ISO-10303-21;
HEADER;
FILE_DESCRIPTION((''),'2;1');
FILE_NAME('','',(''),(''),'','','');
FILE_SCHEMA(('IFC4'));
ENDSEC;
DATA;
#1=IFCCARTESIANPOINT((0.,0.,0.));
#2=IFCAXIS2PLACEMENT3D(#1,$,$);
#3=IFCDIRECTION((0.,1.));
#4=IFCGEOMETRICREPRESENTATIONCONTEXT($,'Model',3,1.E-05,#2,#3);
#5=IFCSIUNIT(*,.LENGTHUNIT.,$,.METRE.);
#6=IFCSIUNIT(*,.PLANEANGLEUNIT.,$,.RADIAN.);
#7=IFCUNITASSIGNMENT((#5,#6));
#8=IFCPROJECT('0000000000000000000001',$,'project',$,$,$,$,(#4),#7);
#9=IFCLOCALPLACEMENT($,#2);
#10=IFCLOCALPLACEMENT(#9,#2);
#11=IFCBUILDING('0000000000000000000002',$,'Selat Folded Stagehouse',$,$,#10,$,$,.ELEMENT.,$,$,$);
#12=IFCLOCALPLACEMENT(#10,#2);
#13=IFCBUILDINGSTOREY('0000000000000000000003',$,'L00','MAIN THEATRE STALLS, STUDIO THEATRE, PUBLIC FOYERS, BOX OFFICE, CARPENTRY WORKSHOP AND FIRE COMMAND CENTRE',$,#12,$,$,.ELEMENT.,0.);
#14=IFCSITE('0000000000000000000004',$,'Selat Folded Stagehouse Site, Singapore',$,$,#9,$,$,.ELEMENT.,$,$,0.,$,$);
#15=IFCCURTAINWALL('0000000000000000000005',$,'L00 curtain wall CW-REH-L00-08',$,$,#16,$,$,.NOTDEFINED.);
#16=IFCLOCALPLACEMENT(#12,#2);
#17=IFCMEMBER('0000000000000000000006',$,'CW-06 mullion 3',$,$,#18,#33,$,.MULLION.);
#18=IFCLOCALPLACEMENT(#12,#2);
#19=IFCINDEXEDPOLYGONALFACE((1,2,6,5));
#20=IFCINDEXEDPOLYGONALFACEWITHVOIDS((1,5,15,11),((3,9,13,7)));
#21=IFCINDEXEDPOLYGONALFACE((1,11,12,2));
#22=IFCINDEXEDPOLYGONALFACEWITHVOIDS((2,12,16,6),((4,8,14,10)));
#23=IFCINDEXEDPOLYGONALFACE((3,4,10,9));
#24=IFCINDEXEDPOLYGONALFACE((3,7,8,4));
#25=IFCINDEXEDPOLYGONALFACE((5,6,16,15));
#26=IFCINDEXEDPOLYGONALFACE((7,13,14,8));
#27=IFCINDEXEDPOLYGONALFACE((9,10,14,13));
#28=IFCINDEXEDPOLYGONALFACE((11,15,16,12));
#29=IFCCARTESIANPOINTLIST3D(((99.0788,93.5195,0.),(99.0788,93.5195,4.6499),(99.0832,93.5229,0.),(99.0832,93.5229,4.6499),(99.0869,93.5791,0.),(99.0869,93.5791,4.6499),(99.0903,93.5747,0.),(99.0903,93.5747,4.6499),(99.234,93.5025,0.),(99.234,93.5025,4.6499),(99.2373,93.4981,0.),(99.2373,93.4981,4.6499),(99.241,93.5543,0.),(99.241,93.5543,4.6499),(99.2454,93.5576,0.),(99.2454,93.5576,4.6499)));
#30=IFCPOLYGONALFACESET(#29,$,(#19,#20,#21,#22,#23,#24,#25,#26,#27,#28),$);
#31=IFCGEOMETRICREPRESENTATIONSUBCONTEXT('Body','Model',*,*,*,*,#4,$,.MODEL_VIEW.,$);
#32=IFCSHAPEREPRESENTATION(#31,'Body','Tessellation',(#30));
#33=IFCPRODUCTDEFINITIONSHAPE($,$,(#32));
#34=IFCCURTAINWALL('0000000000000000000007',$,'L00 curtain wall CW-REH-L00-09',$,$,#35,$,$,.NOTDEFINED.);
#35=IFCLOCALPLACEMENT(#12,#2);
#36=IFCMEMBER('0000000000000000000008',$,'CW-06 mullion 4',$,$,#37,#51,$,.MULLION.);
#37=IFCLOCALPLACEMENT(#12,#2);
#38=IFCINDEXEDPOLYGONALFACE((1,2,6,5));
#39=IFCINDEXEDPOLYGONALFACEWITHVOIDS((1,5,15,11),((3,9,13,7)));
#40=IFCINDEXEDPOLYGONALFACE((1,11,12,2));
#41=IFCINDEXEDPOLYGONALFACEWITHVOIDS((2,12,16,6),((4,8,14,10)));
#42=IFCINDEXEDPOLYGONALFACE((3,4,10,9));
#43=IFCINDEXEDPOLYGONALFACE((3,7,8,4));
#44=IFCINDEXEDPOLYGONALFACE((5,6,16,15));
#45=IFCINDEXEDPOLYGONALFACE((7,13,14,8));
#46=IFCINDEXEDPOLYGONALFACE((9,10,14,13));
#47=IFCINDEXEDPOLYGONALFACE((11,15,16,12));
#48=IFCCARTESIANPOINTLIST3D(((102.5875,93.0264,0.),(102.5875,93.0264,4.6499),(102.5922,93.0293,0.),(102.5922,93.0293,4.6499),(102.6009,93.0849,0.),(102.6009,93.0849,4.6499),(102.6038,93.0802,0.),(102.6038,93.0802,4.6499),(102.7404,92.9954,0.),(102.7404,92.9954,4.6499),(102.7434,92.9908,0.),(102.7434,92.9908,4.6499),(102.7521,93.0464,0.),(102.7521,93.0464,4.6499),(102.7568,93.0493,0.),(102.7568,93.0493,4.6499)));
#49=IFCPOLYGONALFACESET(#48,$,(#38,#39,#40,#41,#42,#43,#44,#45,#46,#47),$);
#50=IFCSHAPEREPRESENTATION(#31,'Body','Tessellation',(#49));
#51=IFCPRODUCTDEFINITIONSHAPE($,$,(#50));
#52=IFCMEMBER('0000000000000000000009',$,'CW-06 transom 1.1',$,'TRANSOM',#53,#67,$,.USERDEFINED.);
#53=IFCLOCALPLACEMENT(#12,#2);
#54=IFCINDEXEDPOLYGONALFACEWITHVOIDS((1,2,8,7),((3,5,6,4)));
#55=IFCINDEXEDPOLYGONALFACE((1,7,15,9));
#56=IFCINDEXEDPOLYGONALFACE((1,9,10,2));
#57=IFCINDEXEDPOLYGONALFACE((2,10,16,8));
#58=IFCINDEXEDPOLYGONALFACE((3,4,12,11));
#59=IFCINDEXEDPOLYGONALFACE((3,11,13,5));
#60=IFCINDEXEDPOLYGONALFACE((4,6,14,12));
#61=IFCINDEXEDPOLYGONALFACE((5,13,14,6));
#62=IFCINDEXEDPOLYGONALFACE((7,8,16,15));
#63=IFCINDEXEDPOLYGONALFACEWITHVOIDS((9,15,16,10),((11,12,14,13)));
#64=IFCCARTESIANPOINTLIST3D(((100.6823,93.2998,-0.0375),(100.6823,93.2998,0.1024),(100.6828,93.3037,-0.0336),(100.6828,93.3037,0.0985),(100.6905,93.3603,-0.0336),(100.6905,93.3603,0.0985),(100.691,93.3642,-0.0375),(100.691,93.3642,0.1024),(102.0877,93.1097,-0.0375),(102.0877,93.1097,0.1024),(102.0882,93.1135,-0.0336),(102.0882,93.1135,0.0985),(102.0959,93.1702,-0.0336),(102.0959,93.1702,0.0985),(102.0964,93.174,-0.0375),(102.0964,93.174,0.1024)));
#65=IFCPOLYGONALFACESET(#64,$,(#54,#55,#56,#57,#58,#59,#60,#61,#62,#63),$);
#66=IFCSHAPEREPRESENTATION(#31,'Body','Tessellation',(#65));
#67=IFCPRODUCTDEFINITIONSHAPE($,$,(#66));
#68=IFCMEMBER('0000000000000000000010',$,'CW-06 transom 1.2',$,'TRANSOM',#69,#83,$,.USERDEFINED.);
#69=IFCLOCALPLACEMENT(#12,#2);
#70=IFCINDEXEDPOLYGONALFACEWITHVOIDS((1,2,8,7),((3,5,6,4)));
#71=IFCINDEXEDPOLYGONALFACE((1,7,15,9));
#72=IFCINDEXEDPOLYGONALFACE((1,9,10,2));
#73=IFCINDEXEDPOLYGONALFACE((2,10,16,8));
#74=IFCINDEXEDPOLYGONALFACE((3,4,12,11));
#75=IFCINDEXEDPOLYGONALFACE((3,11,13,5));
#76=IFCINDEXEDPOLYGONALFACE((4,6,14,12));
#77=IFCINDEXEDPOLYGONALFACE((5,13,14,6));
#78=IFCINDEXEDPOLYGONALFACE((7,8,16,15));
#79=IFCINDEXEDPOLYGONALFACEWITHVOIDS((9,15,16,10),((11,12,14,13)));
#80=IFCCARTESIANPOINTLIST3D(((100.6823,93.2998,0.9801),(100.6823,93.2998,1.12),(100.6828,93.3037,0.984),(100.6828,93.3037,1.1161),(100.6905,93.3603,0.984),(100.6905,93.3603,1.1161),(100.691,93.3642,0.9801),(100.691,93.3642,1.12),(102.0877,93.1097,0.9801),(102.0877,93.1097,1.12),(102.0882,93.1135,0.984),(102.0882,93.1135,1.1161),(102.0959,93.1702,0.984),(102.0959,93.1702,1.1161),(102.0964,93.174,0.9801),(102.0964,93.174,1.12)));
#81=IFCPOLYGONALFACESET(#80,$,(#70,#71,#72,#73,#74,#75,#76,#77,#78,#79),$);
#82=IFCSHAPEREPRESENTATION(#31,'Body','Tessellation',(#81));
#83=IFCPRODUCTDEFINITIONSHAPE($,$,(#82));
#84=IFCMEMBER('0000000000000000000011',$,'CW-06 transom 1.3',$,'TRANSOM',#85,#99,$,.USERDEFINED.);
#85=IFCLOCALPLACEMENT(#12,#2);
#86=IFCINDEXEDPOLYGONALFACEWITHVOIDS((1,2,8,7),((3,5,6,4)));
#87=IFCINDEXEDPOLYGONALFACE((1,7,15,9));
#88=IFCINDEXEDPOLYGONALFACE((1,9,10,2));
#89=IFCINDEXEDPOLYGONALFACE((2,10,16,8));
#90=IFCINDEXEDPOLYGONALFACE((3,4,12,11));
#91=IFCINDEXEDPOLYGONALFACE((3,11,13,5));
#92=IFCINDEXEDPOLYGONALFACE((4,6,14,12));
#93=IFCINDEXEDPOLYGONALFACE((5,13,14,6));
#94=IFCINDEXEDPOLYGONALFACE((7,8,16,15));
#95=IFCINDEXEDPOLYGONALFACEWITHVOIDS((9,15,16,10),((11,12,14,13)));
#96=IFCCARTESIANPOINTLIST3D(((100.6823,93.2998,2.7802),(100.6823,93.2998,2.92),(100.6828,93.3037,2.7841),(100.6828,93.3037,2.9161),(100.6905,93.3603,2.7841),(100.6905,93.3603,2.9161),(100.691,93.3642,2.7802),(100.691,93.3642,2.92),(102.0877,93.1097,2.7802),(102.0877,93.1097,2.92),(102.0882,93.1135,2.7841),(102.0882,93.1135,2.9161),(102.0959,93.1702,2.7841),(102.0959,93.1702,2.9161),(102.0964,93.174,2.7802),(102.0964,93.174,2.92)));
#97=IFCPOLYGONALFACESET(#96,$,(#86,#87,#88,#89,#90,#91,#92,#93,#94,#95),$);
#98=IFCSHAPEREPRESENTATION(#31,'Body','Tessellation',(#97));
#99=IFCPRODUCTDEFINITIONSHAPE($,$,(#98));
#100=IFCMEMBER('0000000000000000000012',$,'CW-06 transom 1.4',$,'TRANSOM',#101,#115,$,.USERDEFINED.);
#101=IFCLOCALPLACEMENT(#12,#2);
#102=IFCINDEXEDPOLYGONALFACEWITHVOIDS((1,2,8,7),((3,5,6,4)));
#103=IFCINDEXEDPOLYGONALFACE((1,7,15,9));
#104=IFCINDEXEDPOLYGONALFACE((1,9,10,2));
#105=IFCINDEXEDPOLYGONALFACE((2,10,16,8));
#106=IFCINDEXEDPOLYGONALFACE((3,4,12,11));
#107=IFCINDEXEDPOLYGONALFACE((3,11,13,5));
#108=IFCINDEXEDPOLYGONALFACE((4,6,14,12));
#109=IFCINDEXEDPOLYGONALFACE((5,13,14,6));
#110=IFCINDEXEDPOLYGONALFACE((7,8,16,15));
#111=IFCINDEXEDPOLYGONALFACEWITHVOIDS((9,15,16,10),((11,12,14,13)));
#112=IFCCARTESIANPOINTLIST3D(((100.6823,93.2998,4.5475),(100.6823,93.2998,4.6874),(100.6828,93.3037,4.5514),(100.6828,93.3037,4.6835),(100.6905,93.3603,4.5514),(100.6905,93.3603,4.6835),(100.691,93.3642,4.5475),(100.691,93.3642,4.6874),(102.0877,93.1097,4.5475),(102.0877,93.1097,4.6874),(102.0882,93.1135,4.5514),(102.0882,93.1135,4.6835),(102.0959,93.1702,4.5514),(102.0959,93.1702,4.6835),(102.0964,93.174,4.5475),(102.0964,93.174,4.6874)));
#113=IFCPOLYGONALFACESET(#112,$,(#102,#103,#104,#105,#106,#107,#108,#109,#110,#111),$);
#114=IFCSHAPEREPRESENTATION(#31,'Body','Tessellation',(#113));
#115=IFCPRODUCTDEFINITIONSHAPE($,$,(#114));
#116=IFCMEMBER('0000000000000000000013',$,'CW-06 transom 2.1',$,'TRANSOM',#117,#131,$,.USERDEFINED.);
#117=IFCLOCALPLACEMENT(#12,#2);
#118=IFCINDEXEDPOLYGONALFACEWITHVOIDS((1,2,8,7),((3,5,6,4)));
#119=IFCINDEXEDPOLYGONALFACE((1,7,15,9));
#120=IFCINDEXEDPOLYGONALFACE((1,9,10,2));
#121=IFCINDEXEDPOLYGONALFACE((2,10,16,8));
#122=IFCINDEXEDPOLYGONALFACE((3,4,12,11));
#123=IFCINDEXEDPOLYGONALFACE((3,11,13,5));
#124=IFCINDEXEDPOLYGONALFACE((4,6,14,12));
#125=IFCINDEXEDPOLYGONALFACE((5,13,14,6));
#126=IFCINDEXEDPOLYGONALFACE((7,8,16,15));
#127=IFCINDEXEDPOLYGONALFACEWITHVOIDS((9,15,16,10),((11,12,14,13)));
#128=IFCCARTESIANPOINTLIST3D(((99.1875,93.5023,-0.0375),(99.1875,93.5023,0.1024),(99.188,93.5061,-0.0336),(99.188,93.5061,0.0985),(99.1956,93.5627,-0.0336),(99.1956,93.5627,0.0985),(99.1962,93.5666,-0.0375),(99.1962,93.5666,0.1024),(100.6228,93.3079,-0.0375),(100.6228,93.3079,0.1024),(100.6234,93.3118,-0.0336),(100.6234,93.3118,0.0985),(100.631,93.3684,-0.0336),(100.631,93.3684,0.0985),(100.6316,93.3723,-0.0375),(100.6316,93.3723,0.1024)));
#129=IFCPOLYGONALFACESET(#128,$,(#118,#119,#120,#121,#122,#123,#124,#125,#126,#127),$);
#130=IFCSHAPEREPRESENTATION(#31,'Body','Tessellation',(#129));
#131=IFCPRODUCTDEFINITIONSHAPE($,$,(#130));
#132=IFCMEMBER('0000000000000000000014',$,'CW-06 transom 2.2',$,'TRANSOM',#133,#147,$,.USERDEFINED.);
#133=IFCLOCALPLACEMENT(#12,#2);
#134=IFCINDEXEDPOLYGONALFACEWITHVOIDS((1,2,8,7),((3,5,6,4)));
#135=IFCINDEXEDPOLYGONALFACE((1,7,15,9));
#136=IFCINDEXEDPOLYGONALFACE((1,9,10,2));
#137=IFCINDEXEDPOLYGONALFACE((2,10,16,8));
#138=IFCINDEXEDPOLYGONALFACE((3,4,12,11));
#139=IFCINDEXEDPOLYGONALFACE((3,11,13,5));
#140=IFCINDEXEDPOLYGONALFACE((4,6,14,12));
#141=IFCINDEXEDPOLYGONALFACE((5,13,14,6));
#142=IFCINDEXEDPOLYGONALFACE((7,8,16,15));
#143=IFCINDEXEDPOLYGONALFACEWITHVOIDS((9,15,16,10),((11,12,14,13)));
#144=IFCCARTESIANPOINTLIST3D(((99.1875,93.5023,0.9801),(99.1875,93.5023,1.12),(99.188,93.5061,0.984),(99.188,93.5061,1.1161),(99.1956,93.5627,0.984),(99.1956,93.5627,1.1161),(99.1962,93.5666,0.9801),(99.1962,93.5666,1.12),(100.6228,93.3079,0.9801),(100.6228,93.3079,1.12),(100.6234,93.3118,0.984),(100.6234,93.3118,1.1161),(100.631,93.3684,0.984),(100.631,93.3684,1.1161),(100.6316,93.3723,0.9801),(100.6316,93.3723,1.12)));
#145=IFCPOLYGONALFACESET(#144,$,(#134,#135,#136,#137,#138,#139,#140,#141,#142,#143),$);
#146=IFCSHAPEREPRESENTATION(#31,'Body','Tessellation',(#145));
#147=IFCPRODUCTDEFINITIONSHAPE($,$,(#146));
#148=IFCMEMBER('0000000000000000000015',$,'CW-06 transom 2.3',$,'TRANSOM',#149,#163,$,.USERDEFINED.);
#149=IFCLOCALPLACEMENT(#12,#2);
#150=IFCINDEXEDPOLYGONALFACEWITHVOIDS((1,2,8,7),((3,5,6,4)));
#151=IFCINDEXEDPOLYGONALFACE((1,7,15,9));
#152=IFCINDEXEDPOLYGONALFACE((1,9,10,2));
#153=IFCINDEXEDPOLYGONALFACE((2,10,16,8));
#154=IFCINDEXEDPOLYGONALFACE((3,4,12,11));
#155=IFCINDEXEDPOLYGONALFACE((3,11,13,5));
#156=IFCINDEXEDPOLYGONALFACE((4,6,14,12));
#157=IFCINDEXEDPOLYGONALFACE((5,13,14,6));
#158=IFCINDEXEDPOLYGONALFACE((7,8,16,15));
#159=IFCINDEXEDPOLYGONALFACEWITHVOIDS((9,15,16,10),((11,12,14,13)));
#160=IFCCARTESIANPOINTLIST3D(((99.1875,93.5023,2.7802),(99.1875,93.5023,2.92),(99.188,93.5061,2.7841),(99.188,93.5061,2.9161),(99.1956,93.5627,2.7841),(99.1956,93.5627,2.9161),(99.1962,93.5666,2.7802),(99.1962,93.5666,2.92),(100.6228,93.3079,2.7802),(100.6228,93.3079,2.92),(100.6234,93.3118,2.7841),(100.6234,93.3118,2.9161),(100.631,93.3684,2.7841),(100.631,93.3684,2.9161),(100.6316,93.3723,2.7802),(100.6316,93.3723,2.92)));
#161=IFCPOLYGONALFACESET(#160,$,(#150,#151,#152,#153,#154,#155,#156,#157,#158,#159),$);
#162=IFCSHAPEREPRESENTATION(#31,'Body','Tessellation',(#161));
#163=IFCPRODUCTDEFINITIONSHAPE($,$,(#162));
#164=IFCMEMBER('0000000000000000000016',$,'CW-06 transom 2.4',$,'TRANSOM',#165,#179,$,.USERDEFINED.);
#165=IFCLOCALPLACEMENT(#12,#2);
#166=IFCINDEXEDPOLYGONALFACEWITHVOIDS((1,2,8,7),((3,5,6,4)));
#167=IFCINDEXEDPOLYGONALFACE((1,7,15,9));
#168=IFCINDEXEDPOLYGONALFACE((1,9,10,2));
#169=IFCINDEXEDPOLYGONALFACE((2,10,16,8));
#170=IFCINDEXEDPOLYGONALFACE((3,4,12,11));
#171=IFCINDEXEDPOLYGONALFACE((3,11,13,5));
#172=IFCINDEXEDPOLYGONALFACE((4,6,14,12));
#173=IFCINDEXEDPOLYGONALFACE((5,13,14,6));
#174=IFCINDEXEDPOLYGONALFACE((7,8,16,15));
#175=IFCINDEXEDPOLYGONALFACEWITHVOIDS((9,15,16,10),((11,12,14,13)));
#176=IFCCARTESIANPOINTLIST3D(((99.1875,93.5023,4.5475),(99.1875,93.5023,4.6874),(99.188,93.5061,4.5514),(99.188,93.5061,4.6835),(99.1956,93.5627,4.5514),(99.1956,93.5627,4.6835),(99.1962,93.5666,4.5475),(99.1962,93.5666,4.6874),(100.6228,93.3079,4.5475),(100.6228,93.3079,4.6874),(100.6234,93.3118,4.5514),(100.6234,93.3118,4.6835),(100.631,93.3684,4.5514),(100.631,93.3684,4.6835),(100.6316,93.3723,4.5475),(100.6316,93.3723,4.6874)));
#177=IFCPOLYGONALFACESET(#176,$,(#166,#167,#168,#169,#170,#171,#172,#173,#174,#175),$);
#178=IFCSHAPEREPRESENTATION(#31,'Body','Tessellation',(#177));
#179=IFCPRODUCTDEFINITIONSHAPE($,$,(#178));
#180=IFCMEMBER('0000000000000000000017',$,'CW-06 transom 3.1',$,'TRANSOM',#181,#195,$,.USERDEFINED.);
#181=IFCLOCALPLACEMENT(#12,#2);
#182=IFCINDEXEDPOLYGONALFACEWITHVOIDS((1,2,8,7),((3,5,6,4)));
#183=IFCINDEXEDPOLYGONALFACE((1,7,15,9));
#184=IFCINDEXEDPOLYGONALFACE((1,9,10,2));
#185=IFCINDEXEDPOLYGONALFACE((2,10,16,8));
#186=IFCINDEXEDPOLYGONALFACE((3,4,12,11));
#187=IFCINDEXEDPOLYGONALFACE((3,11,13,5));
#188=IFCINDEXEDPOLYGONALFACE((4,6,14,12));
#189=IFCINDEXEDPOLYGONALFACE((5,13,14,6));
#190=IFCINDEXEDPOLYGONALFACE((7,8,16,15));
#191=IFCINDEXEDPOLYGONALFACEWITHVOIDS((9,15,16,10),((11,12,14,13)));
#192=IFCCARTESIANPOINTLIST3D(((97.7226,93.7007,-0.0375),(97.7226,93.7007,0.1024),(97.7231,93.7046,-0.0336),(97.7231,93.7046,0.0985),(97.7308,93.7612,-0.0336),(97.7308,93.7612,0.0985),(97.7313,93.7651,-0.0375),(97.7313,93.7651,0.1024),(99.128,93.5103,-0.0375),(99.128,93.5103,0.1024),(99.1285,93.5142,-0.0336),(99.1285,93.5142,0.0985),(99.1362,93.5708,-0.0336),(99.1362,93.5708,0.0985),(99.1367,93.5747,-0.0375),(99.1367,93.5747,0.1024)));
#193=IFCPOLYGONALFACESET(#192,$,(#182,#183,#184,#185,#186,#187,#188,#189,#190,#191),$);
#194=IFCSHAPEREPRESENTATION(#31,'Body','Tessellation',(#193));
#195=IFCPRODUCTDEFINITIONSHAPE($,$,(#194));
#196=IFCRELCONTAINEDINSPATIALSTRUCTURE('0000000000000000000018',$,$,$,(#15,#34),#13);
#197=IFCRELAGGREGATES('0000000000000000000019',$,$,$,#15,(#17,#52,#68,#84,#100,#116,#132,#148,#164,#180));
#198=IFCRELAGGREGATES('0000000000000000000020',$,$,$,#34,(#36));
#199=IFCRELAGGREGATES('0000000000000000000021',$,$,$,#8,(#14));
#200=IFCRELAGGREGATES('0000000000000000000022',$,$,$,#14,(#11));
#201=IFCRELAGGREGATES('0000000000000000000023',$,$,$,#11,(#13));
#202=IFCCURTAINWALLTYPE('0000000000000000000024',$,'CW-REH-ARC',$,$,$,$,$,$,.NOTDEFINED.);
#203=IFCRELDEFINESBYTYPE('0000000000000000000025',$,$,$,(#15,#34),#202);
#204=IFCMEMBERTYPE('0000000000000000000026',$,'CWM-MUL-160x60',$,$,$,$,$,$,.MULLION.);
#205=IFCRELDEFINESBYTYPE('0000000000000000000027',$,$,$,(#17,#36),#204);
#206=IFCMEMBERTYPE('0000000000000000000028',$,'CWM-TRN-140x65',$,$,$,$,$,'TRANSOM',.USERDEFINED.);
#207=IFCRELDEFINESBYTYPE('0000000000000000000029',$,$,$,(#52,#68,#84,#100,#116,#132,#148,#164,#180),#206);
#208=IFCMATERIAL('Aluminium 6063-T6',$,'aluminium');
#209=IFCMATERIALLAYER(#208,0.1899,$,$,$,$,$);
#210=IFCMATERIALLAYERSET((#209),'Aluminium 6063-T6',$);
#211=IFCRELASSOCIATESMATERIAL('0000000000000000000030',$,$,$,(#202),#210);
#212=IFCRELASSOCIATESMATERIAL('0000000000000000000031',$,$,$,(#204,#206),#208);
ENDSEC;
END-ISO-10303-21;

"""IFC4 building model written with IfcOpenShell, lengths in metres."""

from ifc_helpers import new_model, si_unit, direction, frame, origin, origin_2d, place, context, subcontext, project, spatial, hollow_rectangle, extrude, material, layer, layer_set, material_profile, profile_set, type_object, element, aggregate, save


model = new_model("IFC4")

# Units and contexts
model_context = context("Model", 3, precision=1e-05, world=origin(), true_north=direction((0.0, 1.0)))
body_context = subcontext(model_context, "Body", "Model", "MODEL_VIEW")
ifc_project = project(units=[si_unit("LENGTHUNIT", "METRE"), si_unit("PLANEANGLEUNIT", "RADIAN")], contexts=[model_context])

# Site, building, storey
site_placement = place(None, origin())
site = spatial("IfcSite", under=ifc_project, at=site_placement, Name="Selat Folded Stagehouse Site, Singapore", CompositionType="ELEMENT", RefElevation=0.0)
building_placement = place(site_placement, origin())
building = spatial("IfcBuilding", under=site, at=building_placement, Name="Selat Folded Stagehouse", CompositionType="ELEMENT")
storey_placement = place(building_placement, origin())
storey = spatial("IfcBuildingStorey", under=building, at=storey_placement, Name="L00", Description="MAIN THEATRE STALLS, STUDIO THEATRE, PUBLIC FOYERS, BOX OFFICE, CARPENTRY WORKSHOP AND FIRE COMMAND CENTRE", CompositionType="ELEMENT", Elevation=0.0)

# Curtain wall, member
ifc_material_1 = material(Name="Aluminium 6063-T6", Category="aluminium")
ifc_layer_1 = layer(ifc_material_1, 0.1899)
ifc_layer_set_1 = layer_set([ifc_layer_1], Name="Aluminium 6063-T6")
curtain_wall_type = type_object("IfcCurtainWallType", Name="CW-REH-ARC", PredefinedType="NOTDEFINED", material=ifc_layer_set_1)
curtain_wall_1_placement = place(storey_placement, origin())
curtain_wall_1 = element("IfcCurtainWall", 1, at=curtain_wall_1_placement, inside=storey, type_object=curtain_wall_type, Name="L00 curtain wall CW-REH-L00-08", PredefinedType="NOTDEFINED")
ifc_material_profile_1 = material_profile(ifc_material_1, hollow_rectangle(XDim=0.0601, YDim=0.1599, WallThickness=0.0039, at=origin_2d()), Name="ALU 160x60x4.0")
ifc_profile_set_1 = profile_set([ifc_material_profile_1], Name="Aluminium 6063-T6")
member_type_1 = type_object("IfcMemberType", Name="CWM-MUL-160x60", PredefinedType="MULLION", material=ifc_profile_set_1)
member_1_placement = place(storey_placement, frame((99.1621, 93.5386, 0.0), z_axis=(0.0, 0.0, 1.0), x_axis=(-0.134212, -0.990953, 0.0)))
member_1 = element("IfcMember", 2, at=member_1_placement, type_object=member_type_1, Name="CW-06 mullion 3", PredefinedType="MULLION", context=body_context, shape_type="SweptSolid", body=[
    extrude(hollow_rectangle(XDim=0.0601, YDim=0.1599, WallThickness=0.0039, at=origin_2d()), origin(), (0.0, 0.0, 1.0), 4.6499),
])

# Curtain wall, member
curtain_wall_2_placement = place(storey_placement, origin())
curtain_wall_2 = element("IfcCurtainWall", 3, at=curtain_wall_2_placement, inside=storey, type_object=curtain_wall_type, Name="L00 curtain wall CW-REH-L00-09", PredefinedType="NOTDEFINED")
member_2_placement = place(storey_placement, frame((102.6721, 93.0378, 0.0), z_axis=(0.0, 0.0, 1.0), x_axis=(-0.222543, -0.974923, 0.0)))
member_2 = element("IfcMember", 4, at=member_2_placement, type_object=member_type_1, Name="CW-06 mullion 4", PredefinedType="MULLION", context=body_context, shape_type="SweptSolid", body=[
    extrude(hollow_rectangle(XDim=0.0601, YDim=0.1599, WallThickness=0.0039, at=origin_2d()), origin(), (0.0, 0.0, 1.0), 4.6499),
])

# Members
ifc_material_profile_2 = material_profile(ifc_material_1, hollow_rectangle(XDim=0.0649, YDim=0.1399, WallThickness=0.0039, at=origin_2d()), Name="ALU 140x65x4.0")
ifc_profile_set_2 = profile_set([ifc_material_profile_2], Name="Aluminium 6063-T6")
member_type_2 = type_object("IfcMemberType", Name="CWM-TRN-140x65", ElementType="TRANSOM", PredefinedType="USERDEFINED", material=ifc_profile_set_2)
member_3_placement = place(storey_placement, frame((102.092, 93.1418, 0.0325), z_axis=(-0.990969, 0.134092, 0.0), x_axis=(-0.134092, -0.990969, 0.0)))
member_3 = element("IfcMember", 5, at=member_3_placement, type_object=member_type_2, Name="CW-06 transom 1.1", ObjectType="TRANSOM", PredefinedType="USERDEFINED", context=body_context, shape_type="SweptSolid", body=[
    extrude(hollow_rectangle(XDim=0.0649, YDim=0.1399, WallThickness=0.0039, at=origin_2d()), origin(), (0.0, 0.0, 1.0), 1.4182),
])
member_4_placement = place(storey_placement, frame((102.092, 93.1418, 1.05), z_axis=(-0.990969, 0.134092, 0.0), x_axis=(-0.134092, -0.990969, 0.0)))
member_4 = element("IfcMember", 6, at=member_4_placement, type_object=member_type_2, Name="CW-06 transom 1.2", ObjectType="TRANSOM", PredefinedType="USERDEFINED", context=body_context, shape_type="SweptSolid", body=[
    extrude(hollow_rectangle(XDim=0.0649, YDim=0.1399, WallThickness=0.0039, at=origin_2d()), origin(), (0.0, 0.0, 1.0), 1.4182),
])
member_5_placement = place(storey_placement, frame((102.092, 93.1418, 2.8501), z_axis=(-0.990969, 0.134092, 0.0), x_axis=(-0.134092, -0.990969, 0.0)))
member_5 = element("IfcMember", 7, at=member_5_placement, type_object=member_type_2, Name="CW-06 transom 1.3", ObjectType="TRANSOM", PredefinedType="USERDEFINED", context=body_context, shape_type="SweptSolid", body=[
    extrude(hollow_rectangle(XDim=0.0649, YDim=0.1399, WallThickness=0.0039, at=origin_2d()), origin(), (0.0, 0.0, 1.0), 1.4182),
])
member_6_placement = place(storey_placement, frame((102.092, 93.1418, 4.6174), z_axis=(-0.990969, 0.134092, 0.0), x_axis=(-0.134092, -0.990969, 0.0)))
member_6 = element("IfcMember", 8, at=member_6_placement, type_object=member_type_2, Name="CW-06 transom 1.4", ObjectType="TRANSOM", PredefinedType="USERDEFINED", context=body_context, shape_type="SweptSolid", body=[
    extrude(hollow_rectangle(XDim=0.0649, YDim=0.1399, WallThickness=0.0039, at=origin_2d()), origin(), (0.0, 0.0, 1.0), 1.4182),
])
member_7_placement = place(storey_placement, frame((100.6272, 93.3401, 0.0325), z_axis=(-0.990958, 0.134173, 0.0), x_axis=(-0.134173, -0.990958, 0.0)))
member_7 = element("IfcMember", 9, at=member_7_placement, type_object=member_type_2, Name="CW-06 transom 2.1", ObjectType="TRANSOM", PredefinedType="USERDEFINED", context=body_context, shape_type="SweptSolid", body=[
    extrude(hollow_rectangle(XDim=0.0649, YDim=0.1399, WallThickness=0.0039, at=origin_2d()), origin(), (0.0, 0.0, 1.0), 1.4485),
])
member_8_placement = place(storey_placement, frame((100.6272, 93.3401, 1.05), z_axis=(-0.990958, 0.134173, 0.0), x_axis=(-0.134173, -0.990958, 0.0)))
member_8 = element("IfcMember", 10, at=member_8_placement, type_object=member_type_2, Name="CW-06 transom 2.2", ObjectType="TRANSOM", PredefinedType="USERDEFINED", context=body_context, shape_type="SweptSolid", body=[
    extrude(hollow_rectangle(XDim=0.0649, YDim=0.1399, WallThickness=0.0039, at=origin_2d()), origin(), (0.0, 0.0, 1.0), 1.4485),
])
member_9_placement = place(storey_placement, frame((100.6272, 93.3401, 2.8501), z_axis=(-0.990958, 0.134173, 0.0), x_axis=(-0.134173, -0.990958, 0.0)))
member_9 = element("IfcMember", 11, at=member_9_placement, type_object=member_type_2, Name="CW-06 transom 2.3", ObjectType="TRANSOM", PredefinedType="USERDEFINED", context=body_context, shape_type="SweptSolid", body=[
    extrude(hollow_rectangle(XDim=0.0649, YDim=0.1399, WallThickness=0.0039, at=origin_2d()), origin(), (0.0, 0.0, 1.0), 1.4485),
])
member_10_placement = place(storey_placement, frame((100.6272, 93.3401, 4.6174), z_axis=(-0.990958, 0.134173, 0.0), x_axis=(-0.134173, -0.990958, 0.0)))
member_10 = element("IfcMember", 12, at=member_10_placement, type_object=member_type_2, Name="CW-06 transom 2.4", ObjectType="TRANSOM", PredefinedType="USERDEFINED", context=body_context, shape_type="SweptSolid", body=[
    extrude(hollow_rectangle(XDim=0.0649, YDim=0.1399, WallThickness=0.0039, at=origin_2d()), origin(), (0.0, 0.0, 1.0), 1.4485),
])
member_11_placement = place(storey_placement, frame((99.1323, 93.5425, 0.0325), z_axis=(-0.990943, 0.134283, 0.0), x_axis=(-0.134283, -0.990943, 0.0)))
member_11 = element("IfcMember", 13, at=member_11_placement, type_object=member_type_2, Name="CW-06 transom 3.1", ObjectType="TRANSOM", PredefinedType="USERDEFINED", context=body_context, shape_type="SweptSolid", body=[
    extrude(hollow_rectangle(XDim=0.0649, YDim=0.1399, WallThickness=0.0039, at=origin_2d()), origin(), (0.0, 0.0, 1.0), 1.4182),
])

aggregate(curtain_wall_1, [member_1, member_3, member_4, member_5, member_6, member_7, member_8, member_9, member_10, member_11])
aggregate(curtain_wall_2, [member_2])

save(model, "model.ifc")
